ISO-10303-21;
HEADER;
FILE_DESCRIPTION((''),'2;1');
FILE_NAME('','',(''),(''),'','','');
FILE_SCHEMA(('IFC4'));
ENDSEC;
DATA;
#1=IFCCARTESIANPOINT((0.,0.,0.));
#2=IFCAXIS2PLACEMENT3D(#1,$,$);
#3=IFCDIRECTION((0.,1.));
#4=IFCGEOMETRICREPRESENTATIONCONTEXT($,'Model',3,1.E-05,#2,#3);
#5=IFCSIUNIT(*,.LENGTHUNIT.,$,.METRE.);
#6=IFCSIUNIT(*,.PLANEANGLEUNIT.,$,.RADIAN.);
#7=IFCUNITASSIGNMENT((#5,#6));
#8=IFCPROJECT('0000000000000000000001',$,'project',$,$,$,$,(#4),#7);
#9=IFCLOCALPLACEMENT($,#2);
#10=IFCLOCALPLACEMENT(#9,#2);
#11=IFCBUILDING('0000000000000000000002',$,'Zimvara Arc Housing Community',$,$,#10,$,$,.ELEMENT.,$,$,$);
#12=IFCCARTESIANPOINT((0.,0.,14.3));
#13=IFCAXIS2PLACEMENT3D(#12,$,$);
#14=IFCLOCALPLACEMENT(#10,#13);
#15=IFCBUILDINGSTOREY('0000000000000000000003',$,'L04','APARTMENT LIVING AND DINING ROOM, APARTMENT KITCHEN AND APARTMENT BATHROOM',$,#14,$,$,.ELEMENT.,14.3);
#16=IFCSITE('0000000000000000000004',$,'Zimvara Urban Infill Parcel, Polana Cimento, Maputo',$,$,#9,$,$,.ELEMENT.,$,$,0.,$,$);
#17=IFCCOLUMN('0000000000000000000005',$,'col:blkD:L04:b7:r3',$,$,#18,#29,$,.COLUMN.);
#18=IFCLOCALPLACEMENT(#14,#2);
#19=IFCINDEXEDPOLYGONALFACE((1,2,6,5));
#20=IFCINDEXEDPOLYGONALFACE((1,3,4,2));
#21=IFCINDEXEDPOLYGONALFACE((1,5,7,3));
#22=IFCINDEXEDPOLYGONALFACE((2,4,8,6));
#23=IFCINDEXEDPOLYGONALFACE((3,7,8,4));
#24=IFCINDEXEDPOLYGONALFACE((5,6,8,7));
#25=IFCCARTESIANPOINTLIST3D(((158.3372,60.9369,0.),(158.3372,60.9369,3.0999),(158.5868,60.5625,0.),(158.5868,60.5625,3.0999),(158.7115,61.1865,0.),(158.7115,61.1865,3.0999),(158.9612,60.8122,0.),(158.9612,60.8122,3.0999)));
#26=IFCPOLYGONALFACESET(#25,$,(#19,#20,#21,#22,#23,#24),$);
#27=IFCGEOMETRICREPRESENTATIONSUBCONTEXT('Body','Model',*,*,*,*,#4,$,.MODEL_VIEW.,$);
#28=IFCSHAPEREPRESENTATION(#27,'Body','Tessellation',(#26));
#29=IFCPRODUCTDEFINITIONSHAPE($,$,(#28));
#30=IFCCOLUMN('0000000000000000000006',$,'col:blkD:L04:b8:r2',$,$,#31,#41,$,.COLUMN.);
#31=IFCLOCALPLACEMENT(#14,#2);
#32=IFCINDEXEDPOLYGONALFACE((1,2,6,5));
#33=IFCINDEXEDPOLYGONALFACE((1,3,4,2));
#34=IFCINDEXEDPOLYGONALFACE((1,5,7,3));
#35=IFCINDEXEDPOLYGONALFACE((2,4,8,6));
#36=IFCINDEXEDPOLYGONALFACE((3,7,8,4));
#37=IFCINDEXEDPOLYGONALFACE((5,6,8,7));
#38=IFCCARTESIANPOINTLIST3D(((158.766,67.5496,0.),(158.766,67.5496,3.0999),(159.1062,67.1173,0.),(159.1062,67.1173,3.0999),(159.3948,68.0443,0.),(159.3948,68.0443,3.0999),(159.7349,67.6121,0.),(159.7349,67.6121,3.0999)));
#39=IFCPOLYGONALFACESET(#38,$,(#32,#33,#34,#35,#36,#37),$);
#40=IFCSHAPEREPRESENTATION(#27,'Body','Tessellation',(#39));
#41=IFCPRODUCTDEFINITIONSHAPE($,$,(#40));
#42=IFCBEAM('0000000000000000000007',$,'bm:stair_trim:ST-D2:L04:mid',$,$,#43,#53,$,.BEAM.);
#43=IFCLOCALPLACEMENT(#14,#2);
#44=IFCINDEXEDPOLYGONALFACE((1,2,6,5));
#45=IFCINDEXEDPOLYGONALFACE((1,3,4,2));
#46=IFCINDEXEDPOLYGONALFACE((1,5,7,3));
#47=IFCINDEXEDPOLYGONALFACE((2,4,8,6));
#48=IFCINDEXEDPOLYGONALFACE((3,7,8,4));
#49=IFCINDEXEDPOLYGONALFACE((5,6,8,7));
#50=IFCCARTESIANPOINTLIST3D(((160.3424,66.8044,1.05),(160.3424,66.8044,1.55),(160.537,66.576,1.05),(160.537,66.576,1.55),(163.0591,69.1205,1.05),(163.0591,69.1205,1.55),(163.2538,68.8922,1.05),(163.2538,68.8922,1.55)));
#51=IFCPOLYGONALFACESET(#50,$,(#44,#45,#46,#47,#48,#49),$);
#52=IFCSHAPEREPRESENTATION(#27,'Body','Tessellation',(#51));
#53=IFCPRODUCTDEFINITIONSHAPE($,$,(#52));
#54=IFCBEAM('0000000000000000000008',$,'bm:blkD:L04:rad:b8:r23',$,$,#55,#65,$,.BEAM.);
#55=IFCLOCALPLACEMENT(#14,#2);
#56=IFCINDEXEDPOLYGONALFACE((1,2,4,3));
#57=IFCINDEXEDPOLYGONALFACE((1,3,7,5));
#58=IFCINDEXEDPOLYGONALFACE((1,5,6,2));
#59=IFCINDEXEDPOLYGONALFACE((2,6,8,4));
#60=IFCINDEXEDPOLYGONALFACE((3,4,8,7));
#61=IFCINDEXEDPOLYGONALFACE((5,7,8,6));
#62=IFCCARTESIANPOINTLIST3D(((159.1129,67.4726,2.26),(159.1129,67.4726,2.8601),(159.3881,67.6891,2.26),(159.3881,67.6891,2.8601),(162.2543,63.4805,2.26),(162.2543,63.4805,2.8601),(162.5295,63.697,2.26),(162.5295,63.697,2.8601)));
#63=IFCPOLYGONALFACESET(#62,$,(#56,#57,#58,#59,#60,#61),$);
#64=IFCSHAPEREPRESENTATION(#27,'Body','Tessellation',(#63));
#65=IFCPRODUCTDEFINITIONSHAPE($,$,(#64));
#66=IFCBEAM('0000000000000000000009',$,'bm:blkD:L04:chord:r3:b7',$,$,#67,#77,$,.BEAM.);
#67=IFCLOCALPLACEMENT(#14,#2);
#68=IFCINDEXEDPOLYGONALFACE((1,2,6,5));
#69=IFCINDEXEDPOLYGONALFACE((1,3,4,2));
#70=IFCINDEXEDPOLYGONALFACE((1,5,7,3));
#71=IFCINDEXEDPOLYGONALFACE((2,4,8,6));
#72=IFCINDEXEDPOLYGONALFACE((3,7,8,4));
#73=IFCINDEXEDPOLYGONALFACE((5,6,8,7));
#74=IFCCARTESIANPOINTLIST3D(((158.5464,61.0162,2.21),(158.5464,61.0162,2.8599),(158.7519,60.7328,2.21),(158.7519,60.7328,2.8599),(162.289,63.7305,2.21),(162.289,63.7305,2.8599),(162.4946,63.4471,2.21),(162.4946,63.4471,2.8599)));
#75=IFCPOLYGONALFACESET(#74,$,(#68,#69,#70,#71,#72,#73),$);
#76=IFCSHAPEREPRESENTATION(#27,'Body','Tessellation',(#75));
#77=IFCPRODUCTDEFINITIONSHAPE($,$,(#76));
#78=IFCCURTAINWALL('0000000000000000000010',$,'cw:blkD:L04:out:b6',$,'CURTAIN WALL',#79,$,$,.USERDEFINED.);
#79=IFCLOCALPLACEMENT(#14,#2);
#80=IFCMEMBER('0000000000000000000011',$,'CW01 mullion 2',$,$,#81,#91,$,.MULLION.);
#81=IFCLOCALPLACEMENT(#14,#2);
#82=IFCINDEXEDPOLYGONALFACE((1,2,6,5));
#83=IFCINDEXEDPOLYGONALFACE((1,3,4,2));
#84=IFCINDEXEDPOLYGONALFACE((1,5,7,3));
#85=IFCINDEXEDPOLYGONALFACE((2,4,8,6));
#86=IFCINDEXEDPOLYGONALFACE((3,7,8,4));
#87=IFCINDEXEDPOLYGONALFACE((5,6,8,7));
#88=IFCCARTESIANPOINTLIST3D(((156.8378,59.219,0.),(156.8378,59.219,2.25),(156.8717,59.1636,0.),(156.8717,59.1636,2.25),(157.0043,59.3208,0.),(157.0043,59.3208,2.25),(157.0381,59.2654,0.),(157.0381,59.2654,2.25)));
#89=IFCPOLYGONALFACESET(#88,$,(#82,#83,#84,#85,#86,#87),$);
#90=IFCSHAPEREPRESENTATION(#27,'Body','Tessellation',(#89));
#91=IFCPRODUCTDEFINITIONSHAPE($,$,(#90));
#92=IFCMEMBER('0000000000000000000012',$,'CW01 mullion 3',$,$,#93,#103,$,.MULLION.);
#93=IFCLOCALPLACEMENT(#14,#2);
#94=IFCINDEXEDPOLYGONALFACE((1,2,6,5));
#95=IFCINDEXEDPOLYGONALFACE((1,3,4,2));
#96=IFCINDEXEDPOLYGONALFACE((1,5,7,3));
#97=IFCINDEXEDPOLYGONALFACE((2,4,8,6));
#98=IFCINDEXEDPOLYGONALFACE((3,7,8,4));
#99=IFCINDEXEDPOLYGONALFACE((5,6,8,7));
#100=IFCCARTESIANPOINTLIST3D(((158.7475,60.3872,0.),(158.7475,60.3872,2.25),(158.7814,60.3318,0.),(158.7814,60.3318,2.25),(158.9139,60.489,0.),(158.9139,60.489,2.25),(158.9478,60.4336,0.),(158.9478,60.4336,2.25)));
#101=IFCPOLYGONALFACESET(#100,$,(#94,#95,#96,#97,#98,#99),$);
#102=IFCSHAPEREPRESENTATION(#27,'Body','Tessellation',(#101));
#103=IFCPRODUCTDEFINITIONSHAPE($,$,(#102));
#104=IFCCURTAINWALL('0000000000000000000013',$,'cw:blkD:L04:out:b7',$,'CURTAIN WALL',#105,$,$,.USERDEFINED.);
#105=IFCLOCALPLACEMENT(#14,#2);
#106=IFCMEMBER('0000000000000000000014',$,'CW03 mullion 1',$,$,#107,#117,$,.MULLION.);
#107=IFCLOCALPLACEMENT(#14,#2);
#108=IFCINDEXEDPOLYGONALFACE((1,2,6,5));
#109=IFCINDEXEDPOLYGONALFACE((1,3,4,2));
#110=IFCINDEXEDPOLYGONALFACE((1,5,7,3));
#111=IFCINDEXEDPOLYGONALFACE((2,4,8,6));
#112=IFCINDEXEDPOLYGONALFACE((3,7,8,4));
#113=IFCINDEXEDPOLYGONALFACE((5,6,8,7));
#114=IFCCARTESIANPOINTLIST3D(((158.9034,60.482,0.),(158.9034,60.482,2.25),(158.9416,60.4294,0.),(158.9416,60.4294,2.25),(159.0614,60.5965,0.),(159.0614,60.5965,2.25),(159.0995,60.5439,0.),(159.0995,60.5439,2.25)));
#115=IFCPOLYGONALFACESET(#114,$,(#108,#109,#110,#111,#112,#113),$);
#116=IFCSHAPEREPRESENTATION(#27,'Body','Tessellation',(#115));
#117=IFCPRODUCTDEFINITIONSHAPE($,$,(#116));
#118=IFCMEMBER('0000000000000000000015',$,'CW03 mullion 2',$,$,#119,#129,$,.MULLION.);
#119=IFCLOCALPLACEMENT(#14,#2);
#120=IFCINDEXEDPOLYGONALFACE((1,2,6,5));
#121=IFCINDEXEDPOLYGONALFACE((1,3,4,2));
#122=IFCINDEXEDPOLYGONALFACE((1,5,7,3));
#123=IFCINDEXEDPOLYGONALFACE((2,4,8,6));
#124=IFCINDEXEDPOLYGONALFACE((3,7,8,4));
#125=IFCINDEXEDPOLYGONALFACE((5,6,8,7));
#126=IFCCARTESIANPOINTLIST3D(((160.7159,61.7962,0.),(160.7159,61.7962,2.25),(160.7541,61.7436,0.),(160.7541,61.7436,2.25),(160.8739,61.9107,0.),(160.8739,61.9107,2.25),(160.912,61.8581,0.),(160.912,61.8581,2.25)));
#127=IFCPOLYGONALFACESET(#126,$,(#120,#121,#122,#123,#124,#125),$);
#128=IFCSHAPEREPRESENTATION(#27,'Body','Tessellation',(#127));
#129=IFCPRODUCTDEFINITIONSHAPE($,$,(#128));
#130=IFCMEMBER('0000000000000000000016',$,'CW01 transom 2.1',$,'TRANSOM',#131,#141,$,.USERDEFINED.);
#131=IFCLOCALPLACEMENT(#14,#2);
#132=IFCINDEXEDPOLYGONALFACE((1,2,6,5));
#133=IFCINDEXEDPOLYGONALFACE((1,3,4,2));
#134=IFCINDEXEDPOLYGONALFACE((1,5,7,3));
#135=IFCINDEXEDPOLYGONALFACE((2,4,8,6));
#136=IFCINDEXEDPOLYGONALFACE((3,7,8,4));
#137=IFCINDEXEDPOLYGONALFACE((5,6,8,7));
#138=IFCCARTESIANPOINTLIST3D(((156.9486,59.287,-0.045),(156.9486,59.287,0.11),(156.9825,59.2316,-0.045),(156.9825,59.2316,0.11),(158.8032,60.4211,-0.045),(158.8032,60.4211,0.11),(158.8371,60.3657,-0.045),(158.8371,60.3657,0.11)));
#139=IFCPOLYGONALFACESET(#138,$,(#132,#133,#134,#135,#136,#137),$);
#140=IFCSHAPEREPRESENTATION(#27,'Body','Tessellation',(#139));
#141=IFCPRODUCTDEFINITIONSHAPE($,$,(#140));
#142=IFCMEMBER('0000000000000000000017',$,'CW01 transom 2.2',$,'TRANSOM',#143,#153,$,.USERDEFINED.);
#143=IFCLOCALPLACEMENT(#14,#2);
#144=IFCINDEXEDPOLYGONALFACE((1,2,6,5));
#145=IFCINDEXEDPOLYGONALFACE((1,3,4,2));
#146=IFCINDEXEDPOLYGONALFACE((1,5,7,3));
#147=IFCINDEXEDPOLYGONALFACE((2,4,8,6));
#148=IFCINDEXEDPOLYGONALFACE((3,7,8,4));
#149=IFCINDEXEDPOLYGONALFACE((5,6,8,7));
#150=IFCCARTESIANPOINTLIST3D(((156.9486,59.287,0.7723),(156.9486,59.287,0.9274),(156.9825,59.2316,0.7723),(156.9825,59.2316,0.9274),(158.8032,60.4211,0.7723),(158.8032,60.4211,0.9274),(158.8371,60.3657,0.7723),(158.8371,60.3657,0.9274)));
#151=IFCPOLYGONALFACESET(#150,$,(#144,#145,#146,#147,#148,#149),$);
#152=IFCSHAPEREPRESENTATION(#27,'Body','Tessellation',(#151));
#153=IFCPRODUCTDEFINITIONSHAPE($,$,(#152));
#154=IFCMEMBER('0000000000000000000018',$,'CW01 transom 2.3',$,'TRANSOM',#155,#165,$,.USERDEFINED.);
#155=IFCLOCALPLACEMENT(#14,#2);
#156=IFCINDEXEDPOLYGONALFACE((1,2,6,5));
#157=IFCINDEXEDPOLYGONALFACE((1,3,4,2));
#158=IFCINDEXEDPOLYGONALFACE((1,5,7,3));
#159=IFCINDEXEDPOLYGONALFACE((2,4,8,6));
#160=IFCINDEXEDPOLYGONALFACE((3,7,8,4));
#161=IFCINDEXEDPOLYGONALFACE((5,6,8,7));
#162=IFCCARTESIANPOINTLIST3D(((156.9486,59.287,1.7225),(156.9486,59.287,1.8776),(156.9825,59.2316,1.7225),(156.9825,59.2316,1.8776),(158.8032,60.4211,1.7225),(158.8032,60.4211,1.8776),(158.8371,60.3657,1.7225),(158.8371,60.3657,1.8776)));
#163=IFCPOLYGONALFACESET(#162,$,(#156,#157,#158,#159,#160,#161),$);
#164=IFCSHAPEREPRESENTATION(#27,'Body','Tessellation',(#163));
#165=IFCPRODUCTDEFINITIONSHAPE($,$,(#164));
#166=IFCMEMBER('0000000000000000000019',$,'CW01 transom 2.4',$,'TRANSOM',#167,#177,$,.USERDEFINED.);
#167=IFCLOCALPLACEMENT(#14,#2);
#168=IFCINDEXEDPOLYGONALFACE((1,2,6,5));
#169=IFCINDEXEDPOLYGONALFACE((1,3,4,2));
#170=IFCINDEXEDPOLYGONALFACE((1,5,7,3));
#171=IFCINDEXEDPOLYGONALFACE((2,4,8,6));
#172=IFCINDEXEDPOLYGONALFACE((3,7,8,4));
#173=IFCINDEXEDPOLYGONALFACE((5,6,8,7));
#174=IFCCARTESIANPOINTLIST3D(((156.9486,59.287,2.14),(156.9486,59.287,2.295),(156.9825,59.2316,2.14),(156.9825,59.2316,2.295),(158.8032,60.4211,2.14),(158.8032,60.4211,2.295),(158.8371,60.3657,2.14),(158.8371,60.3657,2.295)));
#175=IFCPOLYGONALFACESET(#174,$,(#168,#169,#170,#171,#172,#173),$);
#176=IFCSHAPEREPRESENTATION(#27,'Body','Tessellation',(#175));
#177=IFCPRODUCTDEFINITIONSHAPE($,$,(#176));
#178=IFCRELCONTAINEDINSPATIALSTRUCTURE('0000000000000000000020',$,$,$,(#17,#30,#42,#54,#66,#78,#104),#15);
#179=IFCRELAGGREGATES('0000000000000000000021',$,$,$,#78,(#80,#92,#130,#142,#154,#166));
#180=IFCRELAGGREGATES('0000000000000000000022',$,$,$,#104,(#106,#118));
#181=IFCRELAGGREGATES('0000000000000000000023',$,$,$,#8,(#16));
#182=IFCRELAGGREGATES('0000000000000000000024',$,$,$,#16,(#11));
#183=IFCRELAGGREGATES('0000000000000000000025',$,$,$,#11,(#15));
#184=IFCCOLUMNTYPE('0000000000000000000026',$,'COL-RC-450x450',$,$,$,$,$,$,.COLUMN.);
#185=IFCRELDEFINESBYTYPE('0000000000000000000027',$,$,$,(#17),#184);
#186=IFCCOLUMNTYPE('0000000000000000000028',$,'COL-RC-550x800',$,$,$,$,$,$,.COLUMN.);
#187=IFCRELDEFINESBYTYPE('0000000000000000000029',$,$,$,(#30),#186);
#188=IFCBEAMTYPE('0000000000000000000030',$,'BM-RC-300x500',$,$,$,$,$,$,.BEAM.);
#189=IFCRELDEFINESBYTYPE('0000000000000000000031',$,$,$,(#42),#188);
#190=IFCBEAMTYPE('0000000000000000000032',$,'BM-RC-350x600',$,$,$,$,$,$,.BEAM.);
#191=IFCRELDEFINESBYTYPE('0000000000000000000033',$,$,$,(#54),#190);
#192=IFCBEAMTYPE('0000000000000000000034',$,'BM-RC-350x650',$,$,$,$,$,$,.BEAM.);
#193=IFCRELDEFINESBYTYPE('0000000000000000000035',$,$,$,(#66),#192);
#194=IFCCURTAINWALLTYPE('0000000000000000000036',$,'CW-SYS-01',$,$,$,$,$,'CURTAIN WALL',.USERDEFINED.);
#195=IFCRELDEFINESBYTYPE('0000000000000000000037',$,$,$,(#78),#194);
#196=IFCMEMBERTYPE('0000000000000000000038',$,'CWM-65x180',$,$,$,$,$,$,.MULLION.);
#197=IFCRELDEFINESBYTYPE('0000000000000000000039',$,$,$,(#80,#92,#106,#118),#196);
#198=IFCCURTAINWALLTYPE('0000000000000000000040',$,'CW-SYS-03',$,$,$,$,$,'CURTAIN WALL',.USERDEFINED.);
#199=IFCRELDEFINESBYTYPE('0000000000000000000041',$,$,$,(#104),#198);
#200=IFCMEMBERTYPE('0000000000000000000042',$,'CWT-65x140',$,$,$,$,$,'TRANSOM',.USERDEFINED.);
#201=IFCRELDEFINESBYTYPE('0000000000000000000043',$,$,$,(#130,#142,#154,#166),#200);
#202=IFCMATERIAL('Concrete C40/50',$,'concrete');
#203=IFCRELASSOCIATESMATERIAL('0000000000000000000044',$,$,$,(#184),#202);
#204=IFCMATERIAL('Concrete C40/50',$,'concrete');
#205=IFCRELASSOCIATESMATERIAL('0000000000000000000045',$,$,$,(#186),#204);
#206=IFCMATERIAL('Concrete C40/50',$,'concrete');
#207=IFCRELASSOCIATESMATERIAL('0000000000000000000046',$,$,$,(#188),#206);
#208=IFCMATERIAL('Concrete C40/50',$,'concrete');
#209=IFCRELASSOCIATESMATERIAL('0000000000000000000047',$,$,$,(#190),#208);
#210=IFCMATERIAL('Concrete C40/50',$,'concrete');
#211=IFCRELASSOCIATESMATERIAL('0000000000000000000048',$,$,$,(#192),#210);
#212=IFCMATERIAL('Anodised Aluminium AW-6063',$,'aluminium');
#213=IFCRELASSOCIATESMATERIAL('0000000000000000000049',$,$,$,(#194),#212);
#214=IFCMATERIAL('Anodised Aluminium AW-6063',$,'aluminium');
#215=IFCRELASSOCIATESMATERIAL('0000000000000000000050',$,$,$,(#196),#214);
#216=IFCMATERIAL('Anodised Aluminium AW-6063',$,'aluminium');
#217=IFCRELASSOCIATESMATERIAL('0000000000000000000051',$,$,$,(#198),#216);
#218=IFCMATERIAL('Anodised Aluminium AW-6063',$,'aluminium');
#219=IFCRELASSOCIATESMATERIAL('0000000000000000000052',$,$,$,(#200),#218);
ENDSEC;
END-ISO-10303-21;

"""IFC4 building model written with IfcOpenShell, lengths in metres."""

from ifc_helpers import new_model, si_unit, direction, frame, origin, origin_2d, place, context, subcontext, project, spatial, rectangle, extrude, material, material_profile, profile_set, type_object, element, aggregate, save


model = new_model("IFC4")

# Units and contexts
model_context = context("Model", 3, precision=1e-05, world=origin(), true_north=direction((0.0, 1.0)))
body_context = subcontext(model_context, "Body", "Model", "MODEL_VIEW")
ifc_project = project(units=[si_unit("LENGTHUNIT", "METRE"), si_unit("PLANEANGLEUNIT", "RADIAN")], contexts=[model_context])

# Site, building, storey
site_placement = place(None, origin())
site = spatial("IfcSite", under=ifc_project, at=site_placement, Name="Zimvara Urban Infill Parcel, Polana Cimento, Maputo", CompositionType="ELEMENT", RefElevation=0.0)
building_placement = place(site_placement, origin())
building = spatial("IfcBuilding", under=site, at=building_placement, Name="Zimvara Arc Housing Community", CompositionType="ELEMENT")
storey_placement = place(building_placement, frame((0.0, 0.0, 14.3)))
storey = spatial("IfcBuildingStorey", under=building, at=storey_placement, Name="L04", Description="APARTMENT LIVING AND DINING ROOM, APARTMENT KITCHEN AND APARTMENT BATHROOM", CompositionType="ELEMENT", Elevation=14.3)

# Columns
ifc_material_1 = material(Name="Concrete C40/50", Category="concrete")
ifc_material_profile_1 = material_profile(ifc_material_1, rectangle(XDim=0.45, YDim=0.45, at=origin_2d()), Name="RC 450x450")
ifc_profile_set_1 = profile_set([ifc_material_profile_1], Name="Concrete C40/50")
column_type_1 = type_object("IfcColumnType", Name="COL-RC-450x450", PredefinedType="COLUMN", material=ifc_profile_set_1)
column_1_placement = place(storey_placement, frame((158.6492, 60.8745, 0.0), z_axis=(0.0, 0.0, 1.0), x_axis=(0.554844, -0.831954, 0.0)))
element("IfcColumn", 1, at=column_1_placement, inside=storey, type_object=column_type_1, Name="col:blkD:L04:b7:r3", PredefinedType="COLUMN", context=body_context, shape_type="SweptSolid", body=[
    extrude(rectangle(XDim=0.45, YDim=0.45, at=origin_2d()), origin(), (0.0, 0.0, 1.0), 3.0999),
])
ifc_material_2 = material(Name="Concrete C40/50", Category="concrete")
ifc_material_profile_2 = material_profile(ifc_material_2, rectangle(XDim=0.55, YDim=0.8, at=origin_2d()), Name="RC 550x800")
ifc_profile_set_2 = profile_set([ifc_material_profile_2], Name="Concrete C40/50")
column_type_2 = type_object("IfcColumnType", Name="COL-RC-550x800", PredefinedType="COLUMN", material=ifc_profile_set_2)
column_2_placement = place(storey_placement, frame((159.2505, 67.5808, 0.0), z_axis=(0.0, 0.0, 1.0), x_axis=(0.618408, -0.785857, 0.0)))
element("IfcColumn", 2, at=column_2_placement, inside=storey, type_object=column_type_2, Name="col:blkD:L04:b8:r2", PredefinedType="COLUMN", context=body_context, shape_type="SweptSolid", body=[
    extrude(rectangle(XDim=0.55, YDim=0.8, at=origin_2d()), origin(), (0.0, 0.0, 1.0), 3.0999),
])

# Beams
ifc_material_3 = material(Name="Concrete C40/50", Category="concrete")
ifc_material_profile_3 = material_profile(ifc_material_3, rectangle(XDim=0.3, YDim=0.5, at=origin_2d()), Name="RC 300x500")
ifc_profile_set_3 = profile_set([ifc_material_profile_3], Name="Concrete C40/50")
beam_type_1 = type_object("IfcBeamType", Name="BM-RC-300x500", PredefinedType="BEAM", material=ifc_profile_set_3)
beam_1_placement = place(storey_placement, frame((160.4397, 66.6902, 1.3), z_axis=(0.760987, 0.648767, 0.0), x_axis=(-0.648767, 0.760987, 0.0)))
element("IfcBeam", 3, at=beam_1_placement, inside=storey, type_object=beam_type_1, Name="bm:stair_trim:ST-D2:L04:mid", PredefinedType="BEAM", context=body_context, shape_type="SweptSolid", body=[
    extrude(rectangle(XDim=0.3, YDim=0.5, at=origin_2d()), origin(), (0.0, 0.0, 1.0), 3.5701),
])
ifc_material_4 = material(Name="Concrete C40/50", Category="concrete")
ifc_material_profile_4 = material_profile(ifc_material_4, rectangle(XDim=0.3501, YDim=0.6001, at=origin_2d()), Name="RC 350x600")
ifc_profile_set_4 = profile_set([ifc_material_profile_4], Name="Concrete C40/50")
beam_type_2 = type_object("IfcBeamType", Name="BM-RC-350x600", PredefinedType="BEAM", material=ifc_profile_set_4)
beam_2_placement = place(storey_placement, frame((159.2505, 67.5808, 2.5601), z_axis=(0.618409, -0.785856, 0.0), x_axis=(0.785856, 0.618409, 0.0)))
element("IfcBeam", 4, at=beam_2_placement, inside=storey, type_object=beam_type_2, Name="bm:blkD:L04:rad:b8:r23", PredefinedType="BEAM", context=body_context, shape_type="SweptSolid", body=[
    extrude(rectangle(XDim=0.3501, YDim=0.6001, at=origin_2d()), origin(), (0.0, 0.0, 1.0), 5.0798),
])
ifc_material_5 = material(Name="Concrete C40/50", Category="concrete")
ifc_material_profile_5 = material_profile(ifc_material_5, rectangle(XDim=0.3501, YDim=0.6499, at=origin_2d()), Name="RC 350x650")
ifc_profile_set_5 = profile_set([ifc_material_profile_5], Name="Concrete C40/50")
beam_type_3 = type_object("IfcBeamType", Name="BM-RC-350x650", PredefinedType="BEAM", material=ifc_profile_set_5)
beam_3_placement = place(storey_placement, frame((158.6492, 60.8745, 2.5349), z_axis=(0.809516, 0.587097, 0.0), x_axis=(-0.587097, 0.809516, 0.0)))
element("IfcBeam", 5, at=beam_3_placement, inside=storey, type_object=beam_type_3, Name="bm:blkD:L04:chord:r3:b7", PredefinedType="BEAM", context=body_context, shape_type="SweptSolid", body=[
    extrude(rectangle(XDim=0.3501, YDim=0.6499, at=origin_2d()), origin(), (0.0, 0.0, 1.0), 4.6233),
])

# Curtain walls, members
ifc_material_6 = material(Name="Anodised Aluminium AW-6063", Category="aluminium")
curtain_wall_type_1 = type_object("IfcCurtainWallType", Name="CW-SYS-01", ElementType="CURTAIN WALL", PredefinedType="USERDEFINED", material=ifc_material_6)
curtain_wall_1_placement = place(storey_placement, origin())
curtain_wall_1 = element("IfcCurtainWall", 6, at=curtain_wall_1_placement, inside=storey, type_object=curtain_wall_type_1, Name="cw:blkD:L04:out:b6", ObjectType="CURTAIN WALL", PredefinedType="USERDEFINED")
ifc_material_7 = material(Name="Anodised Aluminium AW-6063", Category="aluminium")
ifc_material_profile_6 = material_profile(ifc_material_7, rectangle(XDim=0.0649, YDim=0.1951, at=origin_2d()), Name="ALU 65x195")
ifc_profile_set_6 = profile_set([ifc_material_profile_6], Name="Anodised Aluminium AW-6063")
member_type_1 = type_object("IfcMemberType", Name="CWM-65x180", PredefinedType="MULLION", material=ifc_profile_set_6)
member_1_placement = place(storey_placement, frame((156.938, 59.2422, 0.0), z_axis=(0.0, 0.0, 1.0), x_axis=(-0.521754, 0.853096, 0.0)))
member_1 = element("IfcMember", 7, at=member_1_placement, type_object=member_type_1, Name="CW01 mullion 2", PredefinedType="MULLION", context=body_context, shape_type="SweptSolid", body=[
    extrude(rectangle(XDim=0.0649, YDim=0.1951, at=origin_2d()), origin(), (0.0, 0.0, 1.0), 2.25),
])
member_2_placement = place(storey_placement, frame((158.8477, 60.4104, 0.0), z_axis=(0.0, 0.0, 1.0), x_axis=(-0.521754, 0.853096, 0.0)))
member_2 = element("IfcMember", 8, at=member_2_placement, type_object=member_type_1, Name="CW01 mullion 3", PredefinedType="MULLION", context=body_context, shape_type="SweptSolid", body=[
    extrude(rectangle(XDim=0.0649, YDim=0.1951, at=origin_2d()), origin(), (0.0, 0.0, 1.0), 2.25),
])
ifc_material_8 = material(Name="Anodised Aluminium AW-6063", Category="aluminium")
curtain_wall_type_2 = type_object("IfcCurtainWallType", Name="CW-SYS-03", ElementType="CURTAIN WALL", PredefinedType="USERDEFINED", material=ifc_material_8)
curtain_wall_2_placement = place(storey_placement, origin())
curtain_wall_2 = element("IfcCurtainWall", 9, at=curtain_wall_2_placement, inside=storey, type_object=curtain_wall_type_2, Name="cw:blkD:L04:out:b7", ObjectType="CURTAIN WALL", PredefinedType="USERDEFINED")
member_3_placement = place(storey_placement, frame((159.0015, 60.5129, 0.0), z_axis=(0.0, 0.0, 1.0), x_axis=(-0.587078, 0.80953, 0.0)))
member_3 = element("IfcMember", 10, at=member_3_placement, type_object=member_type_1, Name="CW03 mullion 1", PredefinedType="MULLION", context=body_context, shape_type="SweptSolid", body=[
    extrude(rectangle(XDim=0.0649, YDim=0.1951, at=origin_2d()), origin(), (0.0, 0.0, 1.0), 2.25),
])
member_4_placement = place(storey_placement, frame((160.814, 61.8271, 0.0), z_axis=(0.0, 0.0, 1.0), x_axis=(-0.587078, 0.80953, 0.0)))
member_4 = element("IfcMember", 11, at=member_4_placement, type_object=member_type_1, Name="CW03 mullion 2", PredefinedType="MULLION", context=body_context, shape_type="SweptSolid", body=[
    extrude(rectangle(XDim=0.0649, YDim=0.1951, at=origin_2d()), origin(), (0.0, 0.0, 1.0), 2.25),
])

# Members
ifc_material_9 = material(Name="Anodised Aluminium AW-6063", Category="aluminium")
ifc_material_profile_7 = material_profile(ifc_material_9, rectangle(XDim=0.0649, YDim=0.155, at=origin_2d()), Name="ALU 65x155")
ifc_profile_set_7 = profile_set([ifc_material_profile_7], Name="Anodised Aluminium AW-6063")
member_type_2 = type_object("IfcMemberType", Name="CWT-65x140", ElementType="TRANSOM", PredefinedType="USERDEFINED", material=ifc_profile_set_7)
member_5_placement = place(storey_placement, frame((156.9656, 59.2593, 0.0325), z_axis=(0.853132, 0.521695, 0.0), x_axis=(-0.521695, 0.853132, 0.0)))
member_5 = element("IfcMember", 12, at=member_5_placement, type_object=member_type_2, Name="CW01 transom 2.1", ObjectType="TRANSOM", PredefinedType="USERDEFINED", context=body_context, shape_type="SweptSolid", body=[
    extrude(rectangle(XDim=0.0649, YDim=0.155, at=origin_2d()), origin(), (0.0, 0.0, 1.0), 2.1738),
])
member_6_placement = place(storey_placement, frame((156.9656, 59.2593, 0.8499), z_axis=(0.853132, 0.521695, 0.0), x_axis=(-0.521695, 0.853132, 0.0)))
member_6 = element("IfcMember", 13, at=member_6_placement, type_object=member_type_2, Name="CW01 transom 2.2", ObjectType="TRANSOM", PredefinedType="USERDEFINED", context=body_context, shape_type="SweptSolid", body=[
    extrude(rectangle(XDim=0.0649, YDim=0.155, at=origin_2d()), origin(), (0.0, 0.0, 1.0), 2.1738),
])
member_7_placement = place(storey_placement, frame((156.9656, 59.2593, 1.8), z_axis=(0.853132, 0.521695, 0.0), x_axis=(-0.521695, 0.853132, 0.0)))
member_7 = element("IfcMember", 14, at=member_7_placement, type_object=member_type_2, Name="CW01 transom 2.3", ObjectType="TRANSOM", PredefinedType="USERDEFINED", context=body_context, shape_type="SweptSolid", body=[
    extrude(rectangle(XDim=0.0649, YDim=0.155, at=origin_2d()), origin(), (0.0, 0.0, 1.0), 2.1738),
])
member_8_placement = place(storey_placement, frame((156.9656, 59.2593, 2.2175), z_axis=(0.853132, 0.521695, 0.0), x_axis=(-0.521695, 0.853132, 0.0)))
member_8 = element("IfcMember", 15, at=member_8_placement, type_object=member_type_2, Name="CW01 transom 2.4", ObjectType="TRANSOM", PredefinedType="USERDEFINED", context=body_context, shape_type="SweptSolid", body=[
    extrude(rectangle(XDim=0.0649, YDim=0.155, at=origin_2d()), origin(), (0.0, 0.0, 1.0), 2.1738),
])

aggregate(curtain_wall_1, [member_1, member_2, member_5, member_6, member_7, member_8])
aggregate(curtain_wall_2, [member_3, member_4])

save(model, "model.ifc")
